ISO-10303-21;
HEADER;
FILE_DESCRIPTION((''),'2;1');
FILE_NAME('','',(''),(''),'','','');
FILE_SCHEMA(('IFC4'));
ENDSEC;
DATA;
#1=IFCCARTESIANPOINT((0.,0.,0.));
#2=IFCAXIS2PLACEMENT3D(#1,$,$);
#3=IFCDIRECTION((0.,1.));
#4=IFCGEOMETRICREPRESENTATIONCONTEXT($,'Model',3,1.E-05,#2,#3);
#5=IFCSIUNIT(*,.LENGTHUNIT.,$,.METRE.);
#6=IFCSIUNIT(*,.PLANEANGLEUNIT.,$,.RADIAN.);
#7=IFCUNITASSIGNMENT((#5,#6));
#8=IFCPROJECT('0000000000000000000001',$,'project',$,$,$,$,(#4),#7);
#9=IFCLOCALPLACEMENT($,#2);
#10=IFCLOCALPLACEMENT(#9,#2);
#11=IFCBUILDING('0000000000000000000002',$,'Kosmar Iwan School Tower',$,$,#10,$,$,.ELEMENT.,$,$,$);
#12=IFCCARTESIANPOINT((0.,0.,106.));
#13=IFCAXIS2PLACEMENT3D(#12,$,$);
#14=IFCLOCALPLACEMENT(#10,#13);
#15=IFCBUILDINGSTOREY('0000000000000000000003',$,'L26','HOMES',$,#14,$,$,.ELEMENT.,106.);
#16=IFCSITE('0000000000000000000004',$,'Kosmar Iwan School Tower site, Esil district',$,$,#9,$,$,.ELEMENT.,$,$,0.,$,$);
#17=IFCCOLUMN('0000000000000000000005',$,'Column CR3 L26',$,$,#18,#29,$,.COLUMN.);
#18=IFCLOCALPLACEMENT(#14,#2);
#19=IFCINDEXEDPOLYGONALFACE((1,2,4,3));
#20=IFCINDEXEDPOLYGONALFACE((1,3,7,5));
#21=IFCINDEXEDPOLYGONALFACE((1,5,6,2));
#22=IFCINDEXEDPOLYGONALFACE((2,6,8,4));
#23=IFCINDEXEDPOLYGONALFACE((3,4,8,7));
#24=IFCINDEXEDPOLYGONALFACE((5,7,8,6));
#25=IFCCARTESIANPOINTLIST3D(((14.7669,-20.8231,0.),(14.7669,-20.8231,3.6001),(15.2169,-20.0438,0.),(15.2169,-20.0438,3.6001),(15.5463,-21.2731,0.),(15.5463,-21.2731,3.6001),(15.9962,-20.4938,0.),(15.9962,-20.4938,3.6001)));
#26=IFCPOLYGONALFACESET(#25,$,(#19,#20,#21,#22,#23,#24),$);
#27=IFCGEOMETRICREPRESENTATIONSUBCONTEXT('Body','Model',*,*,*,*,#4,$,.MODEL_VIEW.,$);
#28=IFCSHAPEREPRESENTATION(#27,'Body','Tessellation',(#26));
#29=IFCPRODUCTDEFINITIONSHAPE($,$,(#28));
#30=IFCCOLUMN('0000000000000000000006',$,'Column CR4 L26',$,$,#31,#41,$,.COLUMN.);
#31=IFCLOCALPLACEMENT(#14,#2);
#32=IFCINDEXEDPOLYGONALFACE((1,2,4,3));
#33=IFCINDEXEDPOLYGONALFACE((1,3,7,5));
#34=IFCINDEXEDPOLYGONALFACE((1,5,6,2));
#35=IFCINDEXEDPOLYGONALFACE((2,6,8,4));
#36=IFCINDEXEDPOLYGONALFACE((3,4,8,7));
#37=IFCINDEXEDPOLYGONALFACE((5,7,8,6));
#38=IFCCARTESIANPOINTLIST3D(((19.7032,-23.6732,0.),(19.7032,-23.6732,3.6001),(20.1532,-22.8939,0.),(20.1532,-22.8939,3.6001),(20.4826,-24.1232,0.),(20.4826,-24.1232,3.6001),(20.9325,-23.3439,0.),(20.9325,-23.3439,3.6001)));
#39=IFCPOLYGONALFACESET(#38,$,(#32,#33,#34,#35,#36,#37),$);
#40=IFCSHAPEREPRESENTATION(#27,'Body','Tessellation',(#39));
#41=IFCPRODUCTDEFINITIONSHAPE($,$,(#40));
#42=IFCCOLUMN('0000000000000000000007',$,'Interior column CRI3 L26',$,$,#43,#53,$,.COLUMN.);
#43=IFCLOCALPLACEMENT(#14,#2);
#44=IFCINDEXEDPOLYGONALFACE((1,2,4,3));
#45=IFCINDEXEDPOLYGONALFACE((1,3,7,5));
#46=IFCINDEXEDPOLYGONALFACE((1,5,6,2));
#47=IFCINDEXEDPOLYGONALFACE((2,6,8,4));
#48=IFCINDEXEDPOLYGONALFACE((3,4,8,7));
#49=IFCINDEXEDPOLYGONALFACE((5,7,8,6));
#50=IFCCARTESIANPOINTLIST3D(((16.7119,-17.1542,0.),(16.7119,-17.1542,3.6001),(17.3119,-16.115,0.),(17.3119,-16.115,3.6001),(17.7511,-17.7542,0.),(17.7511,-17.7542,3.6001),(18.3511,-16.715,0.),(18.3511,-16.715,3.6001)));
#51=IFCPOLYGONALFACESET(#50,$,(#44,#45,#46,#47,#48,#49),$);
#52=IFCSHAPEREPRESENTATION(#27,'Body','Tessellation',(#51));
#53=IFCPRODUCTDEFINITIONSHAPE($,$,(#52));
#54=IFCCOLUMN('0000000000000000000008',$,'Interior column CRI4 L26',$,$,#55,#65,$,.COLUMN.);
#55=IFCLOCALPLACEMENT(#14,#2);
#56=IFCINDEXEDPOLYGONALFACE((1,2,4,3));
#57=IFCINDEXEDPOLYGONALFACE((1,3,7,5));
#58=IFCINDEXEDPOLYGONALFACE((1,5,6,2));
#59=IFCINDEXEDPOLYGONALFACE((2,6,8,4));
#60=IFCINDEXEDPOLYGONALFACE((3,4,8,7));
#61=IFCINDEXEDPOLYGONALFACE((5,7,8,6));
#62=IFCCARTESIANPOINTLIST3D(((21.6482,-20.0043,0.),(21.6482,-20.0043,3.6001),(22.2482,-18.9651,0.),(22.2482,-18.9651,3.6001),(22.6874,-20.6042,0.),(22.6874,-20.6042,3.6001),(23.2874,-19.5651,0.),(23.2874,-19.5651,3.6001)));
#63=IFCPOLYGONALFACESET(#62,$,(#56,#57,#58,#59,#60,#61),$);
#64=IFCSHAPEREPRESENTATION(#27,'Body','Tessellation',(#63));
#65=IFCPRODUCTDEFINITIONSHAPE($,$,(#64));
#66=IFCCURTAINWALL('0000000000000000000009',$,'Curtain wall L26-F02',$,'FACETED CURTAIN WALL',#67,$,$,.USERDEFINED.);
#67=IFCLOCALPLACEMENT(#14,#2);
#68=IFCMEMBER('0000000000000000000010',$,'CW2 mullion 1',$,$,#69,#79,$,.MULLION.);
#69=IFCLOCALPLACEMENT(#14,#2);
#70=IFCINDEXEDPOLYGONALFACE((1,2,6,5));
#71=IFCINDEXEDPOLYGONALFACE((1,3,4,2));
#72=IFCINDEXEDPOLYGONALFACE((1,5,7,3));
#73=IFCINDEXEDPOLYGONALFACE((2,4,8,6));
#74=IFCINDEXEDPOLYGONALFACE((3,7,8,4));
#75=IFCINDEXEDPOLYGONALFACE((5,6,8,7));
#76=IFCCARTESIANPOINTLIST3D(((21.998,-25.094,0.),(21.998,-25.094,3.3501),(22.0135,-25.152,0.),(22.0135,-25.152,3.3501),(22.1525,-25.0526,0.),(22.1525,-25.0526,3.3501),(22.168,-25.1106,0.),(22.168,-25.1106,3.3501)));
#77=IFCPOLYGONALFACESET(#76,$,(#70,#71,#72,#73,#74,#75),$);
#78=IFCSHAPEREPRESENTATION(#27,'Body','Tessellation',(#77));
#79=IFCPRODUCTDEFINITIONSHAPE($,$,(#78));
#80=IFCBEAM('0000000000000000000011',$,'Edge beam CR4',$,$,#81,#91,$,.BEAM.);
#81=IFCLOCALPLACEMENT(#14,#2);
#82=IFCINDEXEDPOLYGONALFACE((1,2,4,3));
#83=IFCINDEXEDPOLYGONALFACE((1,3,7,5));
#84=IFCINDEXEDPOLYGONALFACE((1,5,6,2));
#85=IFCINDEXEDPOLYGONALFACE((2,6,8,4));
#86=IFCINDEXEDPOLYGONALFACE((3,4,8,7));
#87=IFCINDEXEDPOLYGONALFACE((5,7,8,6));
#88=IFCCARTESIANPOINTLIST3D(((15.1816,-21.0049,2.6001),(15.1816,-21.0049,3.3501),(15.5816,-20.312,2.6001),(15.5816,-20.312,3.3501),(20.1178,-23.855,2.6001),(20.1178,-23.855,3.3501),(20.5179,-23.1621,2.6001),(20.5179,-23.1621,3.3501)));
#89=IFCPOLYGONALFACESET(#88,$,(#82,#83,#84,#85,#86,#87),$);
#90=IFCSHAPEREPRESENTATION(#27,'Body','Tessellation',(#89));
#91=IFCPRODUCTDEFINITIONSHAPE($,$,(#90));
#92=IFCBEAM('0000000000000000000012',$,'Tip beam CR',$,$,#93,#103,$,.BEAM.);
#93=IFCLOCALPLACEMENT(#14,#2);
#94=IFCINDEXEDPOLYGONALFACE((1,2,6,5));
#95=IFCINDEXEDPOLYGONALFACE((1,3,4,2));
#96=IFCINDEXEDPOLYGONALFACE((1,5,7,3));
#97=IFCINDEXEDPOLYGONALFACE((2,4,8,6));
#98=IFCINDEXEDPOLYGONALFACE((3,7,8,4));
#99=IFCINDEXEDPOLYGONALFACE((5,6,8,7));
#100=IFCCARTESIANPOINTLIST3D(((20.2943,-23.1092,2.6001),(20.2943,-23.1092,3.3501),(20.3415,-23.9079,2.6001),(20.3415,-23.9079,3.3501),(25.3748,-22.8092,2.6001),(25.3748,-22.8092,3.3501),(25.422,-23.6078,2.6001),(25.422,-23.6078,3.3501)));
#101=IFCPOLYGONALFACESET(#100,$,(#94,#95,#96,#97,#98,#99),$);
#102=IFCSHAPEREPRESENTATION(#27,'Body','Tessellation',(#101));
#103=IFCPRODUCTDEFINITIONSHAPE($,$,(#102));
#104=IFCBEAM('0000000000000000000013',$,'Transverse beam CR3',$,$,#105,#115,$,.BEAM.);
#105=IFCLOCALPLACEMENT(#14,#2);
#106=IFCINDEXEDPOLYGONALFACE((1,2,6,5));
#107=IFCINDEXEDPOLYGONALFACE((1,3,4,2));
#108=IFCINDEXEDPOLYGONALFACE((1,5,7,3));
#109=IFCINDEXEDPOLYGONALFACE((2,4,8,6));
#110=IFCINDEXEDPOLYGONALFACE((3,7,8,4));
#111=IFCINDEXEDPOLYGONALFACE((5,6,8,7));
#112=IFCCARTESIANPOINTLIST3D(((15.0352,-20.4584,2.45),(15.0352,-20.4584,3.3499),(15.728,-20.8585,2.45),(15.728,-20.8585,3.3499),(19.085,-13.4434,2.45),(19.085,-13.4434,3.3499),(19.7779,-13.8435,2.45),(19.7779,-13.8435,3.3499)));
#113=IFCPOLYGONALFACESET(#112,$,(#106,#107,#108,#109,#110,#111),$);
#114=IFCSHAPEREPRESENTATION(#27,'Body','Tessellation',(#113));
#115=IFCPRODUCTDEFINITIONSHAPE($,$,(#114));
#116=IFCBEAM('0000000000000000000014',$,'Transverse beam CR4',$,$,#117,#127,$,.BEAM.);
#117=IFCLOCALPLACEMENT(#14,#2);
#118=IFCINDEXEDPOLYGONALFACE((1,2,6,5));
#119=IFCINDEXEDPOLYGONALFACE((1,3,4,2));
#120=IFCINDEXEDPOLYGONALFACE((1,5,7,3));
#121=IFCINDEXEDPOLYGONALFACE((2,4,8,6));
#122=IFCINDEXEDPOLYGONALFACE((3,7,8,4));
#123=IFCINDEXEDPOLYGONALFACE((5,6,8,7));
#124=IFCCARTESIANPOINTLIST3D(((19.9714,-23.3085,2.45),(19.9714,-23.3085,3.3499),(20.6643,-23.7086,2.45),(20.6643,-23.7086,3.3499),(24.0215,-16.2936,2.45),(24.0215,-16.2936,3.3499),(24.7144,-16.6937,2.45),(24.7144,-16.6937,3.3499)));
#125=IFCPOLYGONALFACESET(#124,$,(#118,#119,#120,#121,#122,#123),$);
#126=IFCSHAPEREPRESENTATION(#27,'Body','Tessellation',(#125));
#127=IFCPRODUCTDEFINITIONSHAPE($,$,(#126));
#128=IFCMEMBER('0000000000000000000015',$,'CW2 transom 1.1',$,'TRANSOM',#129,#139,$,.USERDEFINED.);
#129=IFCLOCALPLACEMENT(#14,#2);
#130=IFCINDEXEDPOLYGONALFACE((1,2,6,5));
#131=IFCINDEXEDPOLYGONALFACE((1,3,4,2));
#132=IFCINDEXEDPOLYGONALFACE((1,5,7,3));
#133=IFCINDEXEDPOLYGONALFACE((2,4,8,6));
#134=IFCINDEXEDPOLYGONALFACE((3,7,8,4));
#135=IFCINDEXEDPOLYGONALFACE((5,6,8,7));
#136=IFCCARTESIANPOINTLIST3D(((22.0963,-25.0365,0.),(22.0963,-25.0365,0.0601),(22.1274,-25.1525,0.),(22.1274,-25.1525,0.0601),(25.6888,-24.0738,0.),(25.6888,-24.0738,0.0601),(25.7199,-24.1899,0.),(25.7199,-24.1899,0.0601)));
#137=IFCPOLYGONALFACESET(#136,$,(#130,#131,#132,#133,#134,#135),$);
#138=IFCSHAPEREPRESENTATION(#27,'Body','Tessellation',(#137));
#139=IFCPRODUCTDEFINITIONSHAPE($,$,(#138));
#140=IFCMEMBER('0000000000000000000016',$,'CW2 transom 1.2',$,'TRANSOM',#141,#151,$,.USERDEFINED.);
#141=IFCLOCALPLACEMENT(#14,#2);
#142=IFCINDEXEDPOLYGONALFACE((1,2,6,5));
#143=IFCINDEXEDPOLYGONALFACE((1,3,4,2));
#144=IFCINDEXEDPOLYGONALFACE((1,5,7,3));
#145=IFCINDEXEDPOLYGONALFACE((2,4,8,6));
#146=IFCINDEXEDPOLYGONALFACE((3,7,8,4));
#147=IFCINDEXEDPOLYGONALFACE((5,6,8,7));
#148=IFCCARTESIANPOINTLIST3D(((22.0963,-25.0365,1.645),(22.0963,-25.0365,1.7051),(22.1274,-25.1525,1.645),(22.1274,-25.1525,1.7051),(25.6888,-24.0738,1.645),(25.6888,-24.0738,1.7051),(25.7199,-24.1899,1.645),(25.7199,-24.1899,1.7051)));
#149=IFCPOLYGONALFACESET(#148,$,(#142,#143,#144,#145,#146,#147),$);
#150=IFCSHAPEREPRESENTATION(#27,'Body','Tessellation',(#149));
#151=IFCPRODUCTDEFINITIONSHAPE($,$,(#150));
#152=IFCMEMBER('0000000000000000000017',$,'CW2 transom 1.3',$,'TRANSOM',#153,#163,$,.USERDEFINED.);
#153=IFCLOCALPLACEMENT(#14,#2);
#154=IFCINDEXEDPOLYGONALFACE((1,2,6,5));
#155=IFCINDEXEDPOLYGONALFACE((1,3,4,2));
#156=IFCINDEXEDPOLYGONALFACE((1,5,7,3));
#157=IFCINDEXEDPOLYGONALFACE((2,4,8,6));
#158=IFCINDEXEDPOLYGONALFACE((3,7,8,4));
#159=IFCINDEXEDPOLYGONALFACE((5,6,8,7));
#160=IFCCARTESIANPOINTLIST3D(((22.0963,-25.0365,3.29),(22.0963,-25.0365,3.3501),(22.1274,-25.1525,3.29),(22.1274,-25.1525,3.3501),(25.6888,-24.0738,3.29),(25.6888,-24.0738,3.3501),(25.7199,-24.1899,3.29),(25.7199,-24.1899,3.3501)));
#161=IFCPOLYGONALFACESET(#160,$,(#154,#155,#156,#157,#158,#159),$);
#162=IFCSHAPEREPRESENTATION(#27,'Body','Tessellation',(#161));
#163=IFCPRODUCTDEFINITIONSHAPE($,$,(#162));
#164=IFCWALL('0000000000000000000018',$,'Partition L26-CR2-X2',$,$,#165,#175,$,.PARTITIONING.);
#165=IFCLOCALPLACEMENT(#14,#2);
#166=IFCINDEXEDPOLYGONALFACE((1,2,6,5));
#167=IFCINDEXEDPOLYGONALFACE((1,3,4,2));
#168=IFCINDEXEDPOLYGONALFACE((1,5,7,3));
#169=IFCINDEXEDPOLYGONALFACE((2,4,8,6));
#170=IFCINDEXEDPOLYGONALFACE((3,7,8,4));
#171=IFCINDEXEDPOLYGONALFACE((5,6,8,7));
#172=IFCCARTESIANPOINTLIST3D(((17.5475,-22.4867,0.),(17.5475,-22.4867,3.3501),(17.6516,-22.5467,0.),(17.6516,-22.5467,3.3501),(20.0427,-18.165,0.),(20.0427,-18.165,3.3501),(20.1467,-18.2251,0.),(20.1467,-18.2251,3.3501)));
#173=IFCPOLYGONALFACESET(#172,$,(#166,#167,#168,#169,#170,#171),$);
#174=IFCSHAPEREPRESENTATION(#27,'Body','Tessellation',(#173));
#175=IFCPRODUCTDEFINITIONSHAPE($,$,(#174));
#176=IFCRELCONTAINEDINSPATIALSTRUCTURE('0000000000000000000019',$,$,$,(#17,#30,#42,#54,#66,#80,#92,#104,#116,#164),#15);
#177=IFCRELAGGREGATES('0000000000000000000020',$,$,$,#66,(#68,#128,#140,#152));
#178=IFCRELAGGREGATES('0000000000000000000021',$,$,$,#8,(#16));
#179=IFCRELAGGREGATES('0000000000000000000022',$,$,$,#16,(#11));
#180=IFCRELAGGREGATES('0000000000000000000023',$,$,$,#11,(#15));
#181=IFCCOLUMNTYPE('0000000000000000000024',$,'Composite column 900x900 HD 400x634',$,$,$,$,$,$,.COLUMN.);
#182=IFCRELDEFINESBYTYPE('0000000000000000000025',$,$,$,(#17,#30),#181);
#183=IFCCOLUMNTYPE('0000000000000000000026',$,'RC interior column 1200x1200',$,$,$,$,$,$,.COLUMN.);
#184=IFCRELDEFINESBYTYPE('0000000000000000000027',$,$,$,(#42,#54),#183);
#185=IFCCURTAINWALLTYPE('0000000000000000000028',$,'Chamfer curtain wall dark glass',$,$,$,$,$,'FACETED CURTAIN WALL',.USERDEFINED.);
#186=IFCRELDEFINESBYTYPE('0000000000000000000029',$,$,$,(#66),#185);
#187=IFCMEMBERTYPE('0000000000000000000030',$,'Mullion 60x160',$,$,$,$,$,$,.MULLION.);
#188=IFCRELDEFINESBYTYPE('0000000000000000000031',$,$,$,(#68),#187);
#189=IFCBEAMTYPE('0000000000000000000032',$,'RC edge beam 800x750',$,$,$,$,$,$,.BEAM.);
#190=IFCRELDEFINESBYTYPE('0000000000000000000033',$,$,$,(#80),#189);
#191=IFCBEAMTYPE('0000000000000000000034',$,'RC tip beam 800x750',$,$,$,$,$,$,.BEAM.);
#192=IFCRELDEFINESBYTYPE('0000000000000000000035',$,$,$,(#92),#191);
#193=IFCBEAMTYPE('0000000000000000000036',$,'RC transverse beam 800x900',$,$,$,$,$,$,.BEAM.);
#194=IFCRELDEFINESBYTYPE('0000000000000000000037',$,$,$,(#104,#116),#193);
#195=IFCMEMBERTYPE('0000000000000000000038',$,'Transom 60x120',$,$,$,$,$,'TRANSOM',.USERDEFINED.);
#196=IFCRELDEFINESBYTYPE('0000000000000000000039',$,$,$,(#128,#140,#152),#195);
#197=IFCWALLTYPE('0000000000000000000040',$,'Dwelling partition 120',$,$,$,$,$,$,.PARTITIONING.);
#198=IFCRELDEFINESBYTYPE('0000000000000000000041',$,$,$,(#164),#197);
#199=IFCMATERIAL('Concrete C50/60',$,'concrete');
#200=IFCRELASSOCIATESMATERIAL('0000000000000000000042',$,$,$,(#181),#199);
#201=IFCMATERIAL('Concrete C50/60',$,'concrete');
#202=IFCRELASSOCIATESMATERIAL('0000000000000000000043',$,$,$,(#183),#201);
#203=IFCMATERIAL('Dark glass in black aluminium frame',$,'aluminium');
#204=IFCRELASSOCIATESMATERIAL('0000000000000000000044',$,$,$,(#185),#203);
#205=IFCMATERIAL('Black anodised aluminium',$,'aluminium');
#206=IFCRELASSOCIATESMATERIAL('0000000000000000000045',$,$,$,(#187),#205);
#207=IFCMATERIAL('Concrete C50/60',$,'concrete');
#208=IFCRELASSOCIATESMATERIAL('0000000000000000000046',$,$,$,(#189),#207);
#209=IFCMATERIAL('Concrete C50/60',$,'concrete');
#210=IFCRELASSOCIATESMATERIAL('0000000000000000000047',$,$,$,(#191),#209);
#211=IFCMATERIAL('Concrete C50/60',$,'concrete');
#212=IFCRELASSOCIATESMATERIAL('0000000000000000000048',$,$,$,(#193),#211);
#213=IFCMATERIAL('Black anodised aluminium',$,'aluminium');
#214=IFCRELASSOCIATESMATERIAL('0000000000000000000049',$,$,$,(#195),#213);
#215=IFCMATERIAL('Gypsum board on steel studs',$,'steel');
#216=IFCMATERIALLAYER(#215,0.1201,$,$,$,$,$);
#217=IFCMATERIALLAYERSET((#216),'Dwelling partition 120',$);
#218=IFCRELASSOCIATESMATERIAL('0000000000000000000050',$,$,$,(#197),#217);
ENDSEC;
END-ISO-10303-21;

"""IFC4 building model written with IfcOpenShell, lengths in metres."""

from ifc_helpers import new_model, si_unit, direction, frame, frame_2d, origin, origin_2d, place, context, subcontext, project, spatial, rectangle, extrude, material, layer, layer_set, material_profile, profile_set, type_object, element, aggregate, save


model = new_model("IFC4")

# Units and contexts
model_context = context("Model", 3, precision=1e-05, world=origin(), true_north=direction((0.0, 1.0)))
body_context = subcontext(model_context, "Body", "Model", "MODEL_VIEW")
ifc_project = project(units=[si_unit("LENGTHUNIT", "METRE"), si_unit("PLANEANGLEUNIT", "RADIAN")], contexts=[model_context])

# Site, building, storey
site_placement = place(None, origin())
site = spatial("IfcSite", under=ifc_project, at=site_placement, Name="Kosmar Iwan School Tower site, Esil district", CompositionType="ELEMENT", RefElevation=0.0)
building_placement = place(site_placement, origin())
building = spatial("IfcBuilding", under=site, at=building_placement, Name="Kosmar Iwan School Tower", CompositionType="ELEMENT")
storey_placement = place(building_placement, frame((0.0, 0.0, 106.0)))
storey = spatial("IfcBuildingStorey", under=building, at=storey_placement, Name="L26", Description="HOMES", CompositionType="ELEMENT", Elevation=106.0)

# Columns
ifc_material_1 = material(Name="Concrete C50/60", Category="concrete")
ifc_material_profile_1 = material_profile(ifc_material_1, rectangle(XDim=0.8999, YDim=0.8999, at=origin_2d()), Name="RC 900x900 + HD 400x634")
ifc_profile_set_1 = profile_set([ifc_material_profile_1], Name="Concrete C50/60")
column_type_1 = type_object("IfcColumnType", Name="Composite column 900x900 HD 400x634", PredefinedType="COLUMN", material=ifc_profile_set_1)
for number, where, z_axis, x_axis, name in (
    (1, (15.3816, -20.6584, 0.0), (0.0, 0.0, 1.0), (0.866025, -0.5, 0.0), "Column CR3 L26"),
    (2, (20.3179, -23.5085, 0.0), (0.0, 0.0, 1.0), (0.866025, -0.5, 0.0), "Column CR4 L26"),
):
    element("IfcColumn", number, at=place(storey_placement, frame(where, z_axis=z_axis, x_axis=x_axis)), inside=storey, type_object=column_type_1, Name=name, PredefinedType="COLUMN", context=body_context, shape_type="SweptSolid", body=[
        extrude(rectangle(XDim=0.8999, YDim=0.8999, at=origin_2d()), origin(), (0.0, 0.0, 1.0), 3.6001),
    ])
ifc_material_2 = material(Name="Concrete C50/60", Category="concrete")
ifc_material_profile_2 = material_profile(ifc_material_2, rectangle(XDim=1.2, YDim=1.2, at=origin_2d()), Name="RC 1200x1200")
ifc_profile_set_2 = profile_set([ifc_material_profile_2], Name="Concrete C50/60")
column_type_2 = type_object("IfcColumnType", Name="RC interior column 1200x1200", PredefinedType="COLUMN", material=ifc_profile_set_2)
for number, where, z_axis, x_axis, name in (
    (3, (17.5315, -16.9346, 0.0), (0.0, 0.0, 1.0), (0.866025, -0.5, 0.0), "Interior column CRI3 L26"),
    (4, (22.4678, -19.7847, 0.0), (0.0, 0.0, 1.0), (0.866025, -0.5, 0.0), "Interior column CRI4 L26"),
):
    element("IfcColumn", number, at=place(storey_placement, frame(where, z_axis=z_axis, x_axis=x_axis)), inside=storey, type_object=column_type_2, Name=name, PredefinedType="COLUMN", context=body_context, shape_type="SweptSolid", body=[
        extrude(rectangle(XDim=1.2, YDim=1.2, at=origin_2d()), origin(), (0.0, 0.0, 1.0), 3.6001),
    ])

# Curtain wall, member
ifc_material_3 = material(Name="Dark glass in black aluminium frame", Category="aluminium")
curtain_wall_type = type_object("IfcCurtainWallType", Name="Chamfer curtain wall dark glass", ElementType="FACETED CURTAIN WALL", PredefinedType="USERDEFINED", material=ifc_material_3)
curtain_wall_placement = place(storey_placement, origin())
curtain_wall = element("IfcCurtainWall", 5, at=curtain_wall_placement, inside=storey, type_object=curtain_wall_type, Name="Curtain wall L26-F02", ObjectType="FACETED CURTAIN WALL", PredefinedType="USERDEFINED")
ifc_material_4 = material(Name="Black anodised aluminium", Category="aluminium")
ifc_material_profile_3 = material_profile(ifc_material_4, rectangle(XDim=0.0601, YDim=0.1599, at=origin_2d()), Name="MULLION 60x160")
ifc_profile_set_3 = profile_set([ifc_material_profile_3], Name="Black anodised aluminium")
member_type_1 = type_object("IfcMemberType", Name="Mullion 60x160", PredefinedType="MULLION", material=ifc_profile_set_3)
member_1_placement = place(storey_placement, frame((22.083, -25.1023, 0.0), z_axis=(0.0, 0.0, 1.0), x_axis=(-0.258819, 0.965926, 0.0)))
member_1 = element("IfcMember", 6, at=member_1_placement, type_object=member_type_1, Name="CW2 mullion 1", PredefinedType="MULLION", context=body_context, shape_type="SweptSolid", body=[
    extrude(rectangle(XDim=0.0601, YDim=0.1599, at=origin_2d()), origin(), (0.0, 0.0, 1.0), 3.3501),
])

# Beams
ifc_material_5 = material(Name="Concrete C50/60", Category="concrete")
ifc_material_profile_4 = material_profile(ifc_material_5, rectangle(XDim=0.8, YDim=0.75, at=origin_2d()), Name="RC 800x750")
ifc_profile_set_4 = profile_set([ifc_material_profile_4], Name="Concrete C50/60")
beam_type_1 = type_object("IfcBeamType", Name="RC edge beam 800x750", PredefinedType="BEAM", material=ifc_profile_set_4)
beam_1_placement = place(storey_placement, frame((15.3816, -20.6584, 2.9751), z_axis=(0.866015, -0.500018, 0.0), x_axis=(0.500018, 0.866015, 0.0)))
element("IfcBeam", 7, at=beam_1_placement, inside=storey, type_object=beam_type_1, Name="Edge beam CR4", PredefinedType="BEAM", context=body_context, shape_type="SweptSolid", body=[
    extrude(rectangle(XDim=0.8, YDim=0.75, at=origin_2d()), origin(), (0.0, 0.0, 1.0), 5.7),
])
ifc_material_6 = material(Name="Concrete C50/60", Category="concrete")
ifc_material_profile_5 = material_profile(ifc_material_6, rectangle(XDim=0.8, YDim=0.75, at=origin_2d()), Name="RC 800x750")
ifc_profile_set_5 = profile_set([ifc_material_profile_5], Name="Concrete C50/60")
beam_type_2 = type_object("IfcBeamType", Name="RC tip beam 800x750", PredefinedType="BEAM", material=ifc_profile_set_5)
beam_2_placement = place(storey_placement, frame((20.3179, -23.5085, 2.9751), z_axis=(0.998261, 0.058955, 0.0), x_axis=(-0.058955, 0.998261, 0.0)))
element("IfcBeam", 8, at=beam_2_placement, inside=storey, type_object=beam_type_2, Name="Tip beam CR", PredefinedType="BEAM", context=body_context, shape_type="SweptSolid", body=[
    extrude(rectangle(XDim=0.8, YDim=0.75, at=origin_2d()), origin(), (0.0, 0.0, 1.0), 5.0894),
])
ifc_material_7 = material(Name="Concrete C50/60", Category="concrete")
ifc_material_profile_6 = material_profile(ifc_material_7, rectangle(XDim=0.8, YDim=0.8999, at=origin_2d()), Name="RC 800x900")
ifc_profile_set_6 = profile_set([ifc_material_profile_6], Name="Concrete C50/60")
beam_type_3 = type_object("IfcBeamType", Name="RC transverse beam 800x900", PredefinedType="BEAM", material=ifc_profile_set_6)
for number, where, z_axis, x_axis, name in (
    (9, (15.3816, -20.6584, 2.8999), (0.499977, 0.866039, 0.0), (-0.866039, 0.499977, 0.0), "Transverse beam CR3"),
    (10, (20.3179, -23.5085, 2.8999), (0.5, 0.866025, 0.0), (-0.866025, 0.5, 0.0), "Transverse beam CR4"),
):
    element("IfcBeam", number, at=place(storey_placement, frame(where, z_axis=z_axis, x_axis=x_axis)), inside=storey, type_object=beam_type_3, Name=name, PredefinedType="BEAM", context=body_context, shape_type="SweptSolid", body=[
        extrude(rectangle(XDim=0.8, YDim=0.8999, at=origin_2d()), origin(), (0.0, 0.0, 1.0), 8.1001),
    ])

# Members
ifc_material_8 = material(Name="Black anodised aluminium", Category="aluminium")
ifc_material_profile_7 = material_profile(ifc_material_8, rectangle(XDim=0.1201, YDim=0.0601, at=origin_2d()), Name="TRANSOM 60x120")
ifc_profile_set_7 = profile_set([ifc_material_profile_7], Name="Black anodised aluminium")
member_type_2 = type_object("IfcMemberType", Name="Transom 60x120", ElementType="TRANSOM", PredefinedType="USERDEFINED", material=ifc_profile_set_7)
member_2_placement = place(storey_placement, frame((22.1118, -25.0945, 0.03), z_axis=(0.965924, 0.258827, 0.0), x_axis=(-0.258827, 0.965924, 0.0)))
member_2 = element("IfcMember", 11, at=member_2_placement, type_object=member_type_2, Name="CW2 transom 1.1", ObjectType="TRANSOM", PredefinedType="USERDEFINED", context=body_context, shape_type="SweptSolid", body=[
    extrude(rectangle(XDim=0.1201, YDim=0.0601, at=origin_2d()), origin(), (0.0, 0.0, 1.0), 3.7192),
])
member_3_placement = place(storey_placement, frame((22.1118, -25.0945, 1.675), z_axis=(0.965924, 0.258827, 0.0), x_axis=(-0.258827, 0.965924, 0.0)))
member_3 = element("IfcMember", 12, at=member_3_placement, type_object=member_type_2, Name="CW2 transom 1.2", ObjectType="TRANSOM", PredefinedType="USERDEFINED", context=body_context, shape_type="SweptSolid", body=[
    extrude(rectangle(XDim=0.1201, YDim=0.0601, at=origin_2d()), origin(), (0.0, 0.0, 1.0), 3.7192),
])
member_4_placement = place(storey_placement, frame((22.1118, -25.0945, 3.3201), z_axis=(0.965924, 0.258827, 0.0), x_axis=(-0.258827, 0.965924, 0.0)))
member_4 = element("IfcMember", 13, at=member_4_placement, type_object=member_type_2, Name="CW2 transom 1.3", ObjectType="TRANSOM", PredefinedType="USERDEFINED", context=body_context, shape_type="SweptSolid", body=[
    extrude(rectangle(XDim=0.1201, YDim=0.0601, at=origin_2d()), origin(), (0.0, 0.0, 1.0), 3.7192),
])
aggregate(curtain_wall, [member_1, member_2, member_3, member_4])

# Wall
ifc_material_9 = material(Name="Gypsum board on steel studs", Category="steel")
ifc_layer = layer(ifc_material_9, 0.1201)
ifc_layer_set = layer_set([ifc_layer], Name="Dwelling partition 120")
wall_type = type_object("IfcWallType", Name="Dwelling partition 120", PredefinedType="PARTITIONING", material=ifc_layer_set)
wall_1_placement = place(storey_placement, frame((20.0947, -18.1951, 0.0), z_axis=(0.0, 0.0, 1.0), x_axis=(-0.500012, -0.866019, 0.0)))
element("IfcWall", 14, at=wall_1_placement, inside=storey, type_object=wall_type, Name="Partition L26-CR2-X2", PredefinedType="PARTITIONING", context=body_context, shape_type="SweptSolid", body=[
    extrude(rectangle(XDim=4.9902, YDim=0.1201, at=frame_2d((2.4951, 0.0))), origin(), (0.0, 0.0, 1.0), 3.3501),
])

save(model, "model.ifc")
